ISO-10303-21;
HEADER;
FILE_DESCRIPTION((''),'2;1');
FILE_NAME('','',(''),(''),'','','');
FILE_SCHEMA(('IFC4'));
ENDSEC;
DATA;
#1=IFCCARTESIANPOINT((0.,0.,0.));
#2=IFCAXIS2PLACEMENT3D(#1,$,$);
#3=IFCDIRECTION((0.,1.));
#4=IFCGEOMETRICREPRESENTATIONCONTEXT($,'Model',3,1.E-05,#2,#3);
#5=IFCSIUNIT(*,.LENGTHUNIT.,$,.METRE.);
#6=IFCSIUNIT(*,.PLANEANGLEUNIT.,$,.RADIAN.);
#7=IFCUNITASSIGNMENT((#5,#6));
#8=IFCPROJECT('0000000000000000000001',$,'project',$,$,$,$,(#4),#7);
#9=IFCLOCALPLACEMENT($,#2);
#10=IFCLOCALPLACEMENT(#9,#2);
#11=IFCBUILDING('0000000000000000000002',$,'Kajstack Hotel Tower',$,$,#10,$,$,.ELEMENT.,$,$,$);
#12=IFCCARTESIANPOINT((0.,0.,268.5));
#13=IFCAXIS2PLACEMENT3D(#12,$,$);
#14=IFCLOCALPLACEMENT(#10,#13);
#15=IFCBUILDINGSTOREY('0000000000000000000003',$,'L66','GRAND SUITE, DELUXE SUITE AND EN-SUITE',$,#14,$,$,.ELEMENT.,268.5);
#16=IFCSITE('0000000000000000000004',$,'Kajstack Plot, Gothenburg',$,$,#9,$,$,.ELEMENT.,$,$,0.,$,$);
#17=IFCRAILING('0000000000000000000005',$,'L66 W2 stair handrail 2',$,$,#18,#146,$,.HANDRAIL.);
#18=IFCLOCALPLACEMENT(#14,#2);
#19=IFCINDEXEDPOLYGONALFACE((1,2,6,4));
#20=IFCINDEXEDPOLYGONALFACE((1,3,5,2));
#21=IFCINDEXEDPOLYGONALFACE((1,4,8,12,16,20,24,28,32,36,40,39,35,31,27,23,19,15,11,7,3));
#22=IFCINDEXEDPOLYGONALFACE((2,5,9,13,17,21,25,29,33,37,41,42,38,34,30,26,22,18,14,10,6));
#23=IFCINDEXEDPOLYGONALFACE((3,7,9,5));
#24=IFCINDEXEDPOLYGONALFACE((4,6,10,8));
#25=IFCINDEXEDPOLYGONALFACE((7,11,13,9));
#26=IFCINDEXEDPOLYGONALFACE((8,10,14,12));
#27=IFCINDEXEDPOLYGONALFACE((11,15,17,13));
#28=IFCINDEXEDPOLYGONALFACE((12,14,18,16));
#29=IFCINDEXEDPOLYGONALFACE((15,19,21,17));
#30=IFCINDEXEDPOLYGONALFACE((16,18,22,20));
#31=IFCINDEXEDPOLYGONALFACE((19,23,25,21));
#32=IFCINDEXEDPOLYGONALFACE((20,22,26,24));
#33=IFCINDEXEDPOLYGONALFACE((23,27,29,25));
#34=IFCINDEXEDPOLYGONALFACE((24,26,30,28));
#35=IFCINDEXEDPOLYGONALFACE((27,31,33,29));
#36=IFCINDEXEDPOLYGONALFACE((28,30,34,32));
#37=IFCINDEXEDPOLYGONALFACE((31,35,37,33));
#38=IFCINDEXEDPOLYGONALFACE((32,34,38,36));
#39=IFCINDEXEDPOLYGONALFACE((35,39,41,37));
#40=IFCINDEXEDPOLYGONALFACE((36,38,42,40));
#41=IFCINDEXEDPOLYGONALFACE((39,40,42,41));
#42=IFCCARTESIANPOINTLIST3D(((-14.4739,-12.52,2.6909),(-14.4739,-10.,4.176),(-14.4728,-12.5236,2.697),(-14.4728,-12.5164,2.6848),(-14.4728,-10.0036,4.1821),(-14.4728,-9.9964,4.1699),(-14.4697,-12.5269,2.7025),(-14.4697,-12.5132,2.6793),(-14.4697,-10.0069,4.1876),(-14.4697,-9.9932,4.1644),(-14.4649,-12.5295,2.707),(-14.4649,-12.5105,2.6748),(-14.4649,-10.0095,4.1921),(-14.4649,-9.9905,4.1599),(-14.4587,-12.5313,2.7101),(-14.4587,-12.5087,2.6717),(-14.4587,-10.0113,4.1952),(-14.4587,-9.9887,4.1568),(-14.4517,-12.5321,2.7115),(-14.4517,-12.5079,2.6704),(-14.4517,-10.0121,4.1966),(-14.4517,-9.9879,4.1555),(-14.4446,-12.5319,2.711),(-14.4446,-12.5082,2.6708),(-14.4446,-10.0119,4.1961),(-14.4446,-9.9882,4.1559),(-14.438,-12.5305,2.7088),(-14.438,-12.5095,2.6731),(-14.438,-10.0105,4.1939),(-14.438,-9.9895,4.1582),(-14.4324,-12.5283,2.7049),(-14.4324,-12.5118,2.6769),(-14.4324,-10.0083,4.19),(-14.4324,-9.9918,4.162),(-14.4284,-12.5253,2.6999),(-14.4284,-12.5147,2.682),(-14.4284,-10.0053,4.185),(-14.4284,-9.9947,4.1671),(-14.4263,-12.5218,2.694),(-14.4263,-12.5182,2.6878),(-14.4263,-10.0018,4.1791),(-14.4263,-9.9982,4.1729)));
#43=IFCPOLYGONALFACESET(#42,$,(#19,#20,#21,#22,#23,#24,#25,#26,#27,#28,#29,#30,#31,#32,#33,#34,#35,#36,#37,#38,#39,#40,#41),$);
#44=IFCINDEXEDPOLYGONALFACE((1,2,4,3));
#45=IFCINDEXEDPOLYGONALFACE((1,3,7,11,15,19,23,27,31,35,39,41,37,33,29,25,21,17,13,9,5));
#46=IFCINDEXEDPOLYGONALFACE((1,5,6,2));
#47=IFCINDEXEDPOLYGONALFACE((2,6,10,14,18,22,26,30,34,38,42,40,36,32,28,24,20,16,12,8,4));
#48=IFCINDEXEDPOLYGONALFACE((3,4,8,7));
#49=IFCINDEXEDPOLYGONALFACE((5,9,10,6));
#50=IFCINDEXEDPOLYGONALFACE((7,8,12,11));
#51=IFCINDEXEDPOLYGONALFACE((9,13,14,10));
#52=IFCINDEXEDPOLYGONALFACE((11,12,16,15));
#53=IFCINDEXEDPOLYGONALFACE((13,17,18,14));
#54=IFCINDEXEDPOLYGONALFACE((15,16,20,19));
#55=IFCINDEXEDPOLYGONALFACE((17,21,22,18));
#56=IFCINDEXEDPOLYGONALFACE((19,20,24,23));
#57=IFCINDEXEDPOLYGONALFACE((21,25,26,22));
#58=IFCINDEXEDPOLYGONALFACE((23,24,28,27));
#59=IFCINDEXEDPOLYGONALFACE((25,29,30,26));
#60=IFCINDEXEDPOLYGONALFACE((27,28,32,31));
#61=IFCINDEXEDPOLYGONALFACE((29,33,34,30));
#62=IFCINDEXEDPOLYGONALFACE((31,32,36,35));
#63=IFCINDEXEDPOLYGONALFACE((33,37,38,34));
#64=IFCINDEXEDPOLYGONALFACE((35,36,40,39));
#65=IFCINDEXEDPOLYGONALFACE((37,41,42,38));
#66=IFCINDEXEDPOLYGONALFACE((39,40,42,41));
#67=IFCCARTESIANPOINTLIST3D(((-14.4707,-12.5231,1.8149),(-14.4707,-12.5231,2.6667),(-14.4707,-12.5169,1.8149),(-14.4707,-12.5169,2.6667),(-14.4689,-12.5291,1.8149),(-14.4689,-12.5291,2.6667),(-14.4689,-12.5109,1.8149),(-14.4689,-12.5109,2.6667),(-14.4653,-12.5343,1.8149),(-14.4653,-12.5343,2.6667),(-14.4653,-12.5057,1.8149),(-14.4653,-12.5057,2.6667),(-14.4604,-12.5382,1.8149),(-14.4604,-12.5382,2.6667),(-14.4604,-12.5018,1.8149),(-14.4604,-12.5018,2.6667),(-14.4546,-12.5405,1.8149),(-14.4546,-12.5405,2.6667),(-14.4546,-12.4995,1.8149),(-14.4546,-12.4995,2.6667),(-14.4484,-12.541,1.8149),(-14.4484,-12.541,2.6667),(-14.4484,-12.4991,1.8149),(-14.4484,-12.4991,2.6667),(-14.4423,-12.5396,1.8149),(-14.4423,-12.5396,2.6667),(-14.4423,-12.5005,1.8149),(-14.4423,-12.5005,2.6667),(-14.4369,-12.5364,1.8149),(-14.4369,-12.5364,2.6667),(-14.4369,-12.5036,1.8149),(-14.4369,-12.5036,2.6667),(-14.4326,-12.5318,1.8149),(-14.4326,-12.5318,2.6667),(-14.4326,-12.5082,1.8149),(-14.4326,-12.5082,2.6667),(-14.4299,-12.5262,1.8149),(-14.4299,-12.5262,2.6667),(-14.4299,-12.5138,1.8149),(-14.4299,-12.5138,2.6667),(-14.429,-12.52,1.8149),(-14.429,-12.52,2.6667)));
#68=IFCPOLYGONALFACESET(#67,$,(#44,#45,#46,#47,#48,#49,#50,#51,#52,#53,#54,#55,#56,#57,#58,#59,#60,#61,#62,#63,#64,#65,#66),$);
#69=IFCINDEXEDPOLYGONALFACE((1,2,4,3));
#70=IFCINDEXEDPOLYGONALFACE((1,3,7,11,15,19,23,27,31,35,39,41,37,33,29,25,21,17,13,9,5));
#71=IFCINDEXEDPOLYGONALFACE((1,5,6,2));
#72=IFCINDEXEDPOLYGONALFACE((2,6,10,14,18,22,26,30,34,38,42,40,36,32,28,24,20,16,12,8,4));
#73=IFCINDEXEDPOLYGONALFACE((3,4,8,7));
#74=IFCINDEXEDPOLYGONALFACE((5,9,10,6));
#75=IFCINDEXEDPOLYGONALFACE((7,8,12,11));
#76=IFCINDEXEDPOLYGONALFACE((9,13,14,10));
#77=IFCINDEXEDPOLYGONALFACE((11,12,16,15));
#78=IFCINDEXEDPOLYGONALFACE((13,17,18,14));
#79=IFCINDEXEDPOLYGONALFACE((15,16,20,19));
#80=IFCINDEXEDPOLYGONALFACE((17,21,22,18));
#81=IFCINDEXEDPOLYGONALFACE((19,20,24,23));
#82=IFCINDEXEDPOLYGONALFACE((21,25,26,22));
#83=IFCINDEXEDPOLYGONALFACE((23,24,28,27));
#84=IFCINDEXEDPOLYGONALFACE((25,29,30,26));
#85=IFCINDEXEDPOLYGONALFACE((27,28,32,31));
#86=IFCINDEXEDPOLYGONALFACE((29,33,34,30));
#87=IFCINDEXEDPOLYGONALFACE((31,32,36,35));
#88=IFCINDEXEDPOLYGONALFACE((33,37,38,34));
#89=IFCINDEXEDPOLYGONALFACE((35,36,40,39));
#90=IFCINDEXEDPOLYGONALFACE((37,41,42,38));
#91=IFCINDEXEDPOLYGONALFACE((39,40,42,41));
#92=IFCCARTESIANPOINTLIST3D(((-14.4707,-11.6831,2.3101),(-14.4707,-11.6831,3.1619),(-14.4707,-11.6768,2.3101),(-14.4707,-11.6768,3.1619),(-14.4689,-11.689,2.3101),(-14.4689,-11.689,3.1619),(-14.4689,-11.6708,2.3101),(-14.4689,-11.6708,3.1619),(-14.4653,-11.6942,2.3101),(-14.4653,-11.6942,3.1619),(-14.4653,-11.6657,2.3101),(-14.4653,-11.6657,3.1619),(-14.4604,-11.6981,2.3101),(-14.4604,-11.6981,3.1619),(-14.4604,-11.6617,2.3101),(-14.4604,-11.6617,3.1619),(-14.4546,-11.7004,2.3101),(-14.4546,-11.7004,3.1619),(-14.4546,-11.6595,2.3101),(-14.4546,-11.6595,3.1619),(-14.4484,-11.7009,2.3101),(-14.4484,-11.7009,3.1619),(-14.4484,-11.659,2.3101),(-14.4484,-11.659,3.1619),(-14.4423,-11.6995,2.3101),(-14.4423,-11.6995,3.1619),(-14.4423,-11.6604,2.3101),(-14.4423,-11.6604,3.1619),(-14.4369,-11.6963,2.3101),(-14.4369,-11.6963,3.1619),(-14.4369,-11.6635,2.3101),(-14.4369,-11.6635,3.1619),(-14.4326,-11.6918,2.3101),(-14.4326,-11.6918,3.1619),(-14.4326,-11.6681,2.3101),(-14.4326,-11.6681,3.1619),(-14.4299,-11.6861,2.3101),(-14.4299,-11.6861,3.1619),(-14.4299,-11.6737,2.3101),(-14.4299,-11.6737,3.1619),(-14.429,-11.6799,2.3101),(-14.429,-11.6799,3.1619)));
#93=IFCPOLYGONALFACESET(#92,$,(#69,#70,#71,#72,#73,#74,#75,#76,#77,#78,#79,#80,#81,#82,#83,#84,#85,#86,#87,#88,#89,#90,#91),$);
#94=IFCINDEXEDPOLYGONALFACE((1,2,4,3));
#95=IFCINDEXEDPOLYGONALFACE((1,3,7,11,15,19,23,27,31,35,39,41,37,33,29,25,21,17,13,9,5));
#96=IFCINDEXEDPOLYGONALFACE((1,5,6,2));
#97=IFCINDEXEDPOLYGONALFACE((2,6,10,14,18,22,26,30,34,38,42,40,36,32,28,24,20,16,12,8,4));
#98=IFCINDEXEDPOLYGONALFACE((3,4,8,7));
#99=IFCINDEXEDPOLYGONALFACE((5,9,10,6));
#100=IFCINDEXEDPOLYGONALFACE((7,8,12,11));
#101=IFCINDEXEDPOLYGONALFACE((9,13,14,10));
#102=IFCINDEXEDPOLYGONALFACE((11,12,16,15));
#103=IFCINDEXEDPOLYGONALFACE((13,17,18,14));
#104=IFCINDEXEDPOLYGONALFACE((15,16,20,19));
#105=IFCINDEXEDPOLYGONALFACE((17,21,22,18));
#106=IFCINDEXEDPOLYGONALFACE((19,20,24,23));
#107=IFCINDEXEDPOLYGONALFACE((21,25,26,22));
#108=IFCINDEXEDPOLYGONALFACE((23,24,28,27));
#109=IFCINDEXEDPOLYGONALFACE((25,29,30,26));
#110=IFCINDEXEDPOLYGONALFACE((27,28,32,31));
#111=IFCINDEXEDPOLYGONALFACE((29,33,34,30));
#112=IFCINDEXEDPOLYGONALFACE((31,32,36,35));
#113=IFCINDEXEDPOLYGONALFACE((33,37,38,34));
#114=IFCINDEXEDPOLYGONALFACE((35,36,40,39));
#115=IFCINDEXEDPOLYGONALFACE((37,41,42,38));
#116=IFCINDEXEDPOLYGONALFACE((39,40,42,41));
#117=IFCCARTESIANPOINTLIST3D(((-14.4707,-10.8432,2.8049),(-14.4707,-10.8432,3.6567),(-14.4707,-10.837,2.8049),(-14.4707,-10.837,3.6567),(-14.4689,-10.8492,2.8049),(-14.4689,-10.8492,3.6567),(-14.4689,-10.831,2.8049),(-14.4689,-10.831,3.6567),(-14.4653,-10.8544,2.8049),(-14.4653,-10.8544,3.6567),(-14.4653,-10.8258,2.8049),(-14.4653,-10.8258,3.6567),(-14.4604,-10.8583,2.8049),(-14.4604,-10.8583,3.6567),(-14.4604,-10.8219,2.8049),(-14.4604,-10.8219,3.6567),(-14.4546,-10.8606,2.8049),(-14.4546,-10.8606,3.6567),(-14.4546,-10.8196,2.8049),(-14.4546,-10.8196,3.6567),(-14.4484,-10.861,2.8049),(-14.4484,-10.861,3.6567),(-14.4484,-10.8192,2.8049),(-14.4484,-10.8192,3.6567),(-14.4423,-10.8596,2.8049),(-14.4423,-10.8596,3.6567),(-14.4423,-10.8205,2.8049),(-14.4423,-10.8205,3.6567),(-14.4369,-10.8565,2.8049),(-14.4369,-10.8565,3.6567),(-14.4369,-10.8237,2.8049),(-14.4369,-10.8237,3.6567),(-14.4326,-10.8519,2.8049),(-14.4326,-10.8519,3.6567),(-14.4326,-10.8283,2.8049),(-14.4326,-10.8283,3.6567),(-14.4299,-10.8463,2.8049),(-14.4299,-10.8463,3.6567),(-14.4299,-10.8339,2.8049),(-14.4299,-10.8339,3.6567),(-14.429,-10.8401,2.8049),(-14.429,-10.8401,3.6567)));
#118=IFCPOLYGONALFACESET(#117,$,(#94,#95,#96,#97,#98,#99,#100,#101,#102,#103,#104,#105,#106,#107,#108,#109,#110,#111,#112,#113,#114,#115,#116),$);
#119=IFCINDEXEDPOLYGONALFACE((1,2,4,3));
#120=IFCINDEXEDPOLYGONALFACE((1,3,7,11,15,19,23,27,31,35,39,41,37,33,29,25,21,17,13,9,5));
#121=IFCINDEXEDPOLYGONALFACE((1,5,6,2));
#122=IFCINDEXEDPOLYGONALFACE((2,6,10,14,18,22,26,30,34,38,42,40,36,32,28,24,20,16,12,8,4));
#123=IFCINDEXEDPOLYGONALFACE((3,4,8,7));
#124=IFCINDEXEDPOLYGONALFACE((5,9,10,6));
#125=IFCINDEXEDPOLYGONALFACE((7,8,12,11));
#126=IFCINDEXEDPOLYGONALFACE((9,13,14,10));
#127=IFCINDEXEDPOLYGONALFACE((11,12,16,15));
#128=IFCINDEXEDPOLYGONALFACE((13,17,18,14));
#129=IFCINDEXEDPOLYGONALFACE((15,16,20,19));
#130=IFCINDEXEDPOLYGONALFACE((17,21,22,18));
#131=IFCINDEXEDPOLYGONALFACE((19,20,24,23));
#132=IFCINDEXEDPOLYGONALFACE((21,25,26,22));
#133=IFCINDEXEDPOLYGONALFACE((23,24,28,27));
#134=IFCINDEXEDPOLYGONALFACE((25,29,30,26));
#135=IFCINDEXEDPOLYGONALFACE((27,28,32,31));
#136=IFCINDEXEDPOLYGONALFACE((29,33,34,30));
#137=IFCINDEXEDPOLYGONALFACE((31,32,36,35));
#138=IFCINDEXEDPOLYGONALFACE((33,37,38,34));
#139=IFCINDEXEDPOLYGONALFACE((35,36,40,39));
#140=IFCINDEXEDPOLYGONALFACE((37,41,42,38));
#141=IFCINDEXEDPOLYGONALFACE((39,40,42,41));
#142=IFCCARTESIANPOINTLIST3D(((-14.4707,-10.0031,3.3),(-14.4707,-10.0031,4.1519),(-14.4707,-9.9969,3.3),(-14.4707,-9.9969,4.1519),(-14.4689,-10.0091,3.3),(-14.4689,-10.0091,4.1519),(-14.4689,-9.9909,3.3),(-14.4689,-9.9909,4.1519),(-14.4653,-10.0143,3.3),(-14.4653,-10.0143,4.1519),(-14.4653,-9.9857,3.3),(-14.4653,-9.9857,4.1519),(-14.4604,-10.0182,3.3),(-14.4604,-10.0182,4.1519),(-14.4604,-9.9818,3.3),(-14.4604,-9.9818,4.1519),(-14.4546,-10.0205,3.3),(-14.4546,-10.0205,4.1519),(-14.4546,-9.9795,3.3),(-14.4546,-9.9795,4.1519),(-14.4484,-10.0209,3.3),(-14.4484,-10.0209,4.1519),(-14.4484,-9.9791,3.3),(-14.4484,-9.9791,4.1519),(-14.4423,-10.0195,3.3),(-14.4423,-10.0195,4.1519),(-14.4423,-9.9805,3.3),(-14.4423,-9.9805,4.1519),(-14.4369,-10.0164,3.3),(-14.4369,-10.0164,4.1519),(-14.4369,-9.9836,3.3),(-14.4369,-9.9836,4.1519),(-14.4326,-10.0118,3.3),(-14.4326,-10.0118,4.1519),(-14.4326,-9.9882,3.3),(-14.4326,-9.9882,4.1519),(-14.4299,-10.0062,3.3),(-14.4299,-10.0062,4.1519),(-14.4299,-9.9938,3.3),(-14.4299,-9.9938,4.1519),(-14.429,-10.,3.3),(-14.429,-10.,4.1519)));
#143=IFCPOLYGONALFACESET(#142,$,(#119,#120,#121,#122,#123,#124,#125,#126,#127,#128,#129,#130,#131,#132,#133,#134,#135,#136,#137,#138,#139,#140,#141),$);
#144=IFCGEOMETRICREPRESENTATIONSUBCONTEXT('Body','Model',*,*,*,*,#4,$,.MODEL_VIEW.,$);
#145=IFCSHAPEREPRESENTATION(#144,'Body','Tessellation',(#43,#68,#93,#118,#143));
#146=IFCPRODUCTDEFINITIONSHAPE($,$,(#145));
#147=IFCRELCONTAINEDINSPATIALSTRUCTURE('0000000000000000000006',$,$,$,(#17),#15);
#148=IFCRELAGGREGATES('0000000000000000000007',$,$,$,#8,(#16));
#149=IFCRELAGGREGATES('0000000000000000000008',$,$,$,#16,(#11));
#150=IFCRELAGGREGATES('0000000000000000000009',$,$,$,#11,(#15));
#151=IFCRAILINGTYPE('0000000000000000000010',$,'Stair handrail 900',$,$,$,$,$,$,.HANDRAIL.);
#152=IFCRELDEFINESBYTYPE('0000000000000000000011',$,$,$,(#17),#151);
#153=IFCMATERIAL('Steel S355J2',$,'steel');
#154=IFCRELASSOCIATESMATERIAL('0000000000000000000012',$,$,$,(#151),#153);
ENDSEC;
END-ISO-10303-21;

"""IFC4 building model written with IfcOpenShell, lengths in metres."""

from ifc_helpers import new_model, si_unit, direction, frame, origin, origin_2d, place, context, subcontext, project, spatial, circle, extrude, material, type_object, element, save


model = new_model("IFC4")

# Units and contexts
model_context = context("Model", 3, precision=1e-05, world=origin(), true_north=direction((0.0, 1.0)))
body_context = subcontext(model_context, "Body", "Model", "MODEL_VIEW")
ifc_project = project(units=[si_unit("LENGTHUNIT", "METRE"), si_unit("PLANEANGLEUNIT", "RADIAN")], contexts=[model_context])

# Site, building, storey
site_placement = place(None, origin())
site = spatial("IfcSite", under=ifc_project, at=site_placement, Name="Kajstack Plot, Gothenburg", CompositionType="ELEMENT", RefElevation=0.0)
building_placement = place(site_placement, origin())
building = spatial("IfcBuilding", under=site, at=building_placement, Name="Kajstack Hotel Tower", CompositionType="ELEMENT")
storey_placement = place(building_placement, frame((0.0, 0.0, 268.5)))
storey = spatial("IfcBuildingStorey", under=building, at=storey_placement, Name="L66", Description="GRAND SUITE, DELUXE SUITE AND EN-SUITE", CompositionType="ELEMENT", Elevation=268.5)

# Railing
ifc_material_1 = material(Name="Steel S355J2", Category="steel")
railing_type = type_object("IfcRailingType", Name="Stair handrail 900", PredefinedType="HANDRAIL", material=ifc_material_1)
railing_placement = place(storey_placement, frame((-14.45, -12.52, 1.8149)))
element("IfcRailing", 1, at=railing_placement, inside=storey, type_object=railing_type, Name="L66 W2 stair handrail 2", PredefinedType="HANDRAIL", context=body_context, shape_type="SweptSolid", body=[
    extrude(circle(Radius=0.0239, at=origin_2d()), frame((0.0, 0.0, 0.876), z_axis=(0.0, 0.861524, 0.507717), x_axis=(-1.0, 0.0, 0.0)), (0.0, 0.0, 1.0), 2.925),
    extrude(circle(Radius=0.021, at=origin_2d()), origin(), (0.0, 0.0, 1.0), 0.8518),
    extrude(circle(Radius=0.021, at=origin_2d()), frame((0.0, 0.8401, 0.4951)), (0.0, 0.0, 1.0), 0.8518),
    extrude(circle(Radius=0.021, at=origin_2d()), frame((0.0, 1.6799, 0.99)), (0.0, 0.0, 1.0), 0.8518),
    extrude(circle(Radius=0.021, at=origin_2d()), frame((0.0, 2.52, 1.4851)), (0.0, 0.0, 1.0), 0.8518),
])

save(model, "model.ifc")
